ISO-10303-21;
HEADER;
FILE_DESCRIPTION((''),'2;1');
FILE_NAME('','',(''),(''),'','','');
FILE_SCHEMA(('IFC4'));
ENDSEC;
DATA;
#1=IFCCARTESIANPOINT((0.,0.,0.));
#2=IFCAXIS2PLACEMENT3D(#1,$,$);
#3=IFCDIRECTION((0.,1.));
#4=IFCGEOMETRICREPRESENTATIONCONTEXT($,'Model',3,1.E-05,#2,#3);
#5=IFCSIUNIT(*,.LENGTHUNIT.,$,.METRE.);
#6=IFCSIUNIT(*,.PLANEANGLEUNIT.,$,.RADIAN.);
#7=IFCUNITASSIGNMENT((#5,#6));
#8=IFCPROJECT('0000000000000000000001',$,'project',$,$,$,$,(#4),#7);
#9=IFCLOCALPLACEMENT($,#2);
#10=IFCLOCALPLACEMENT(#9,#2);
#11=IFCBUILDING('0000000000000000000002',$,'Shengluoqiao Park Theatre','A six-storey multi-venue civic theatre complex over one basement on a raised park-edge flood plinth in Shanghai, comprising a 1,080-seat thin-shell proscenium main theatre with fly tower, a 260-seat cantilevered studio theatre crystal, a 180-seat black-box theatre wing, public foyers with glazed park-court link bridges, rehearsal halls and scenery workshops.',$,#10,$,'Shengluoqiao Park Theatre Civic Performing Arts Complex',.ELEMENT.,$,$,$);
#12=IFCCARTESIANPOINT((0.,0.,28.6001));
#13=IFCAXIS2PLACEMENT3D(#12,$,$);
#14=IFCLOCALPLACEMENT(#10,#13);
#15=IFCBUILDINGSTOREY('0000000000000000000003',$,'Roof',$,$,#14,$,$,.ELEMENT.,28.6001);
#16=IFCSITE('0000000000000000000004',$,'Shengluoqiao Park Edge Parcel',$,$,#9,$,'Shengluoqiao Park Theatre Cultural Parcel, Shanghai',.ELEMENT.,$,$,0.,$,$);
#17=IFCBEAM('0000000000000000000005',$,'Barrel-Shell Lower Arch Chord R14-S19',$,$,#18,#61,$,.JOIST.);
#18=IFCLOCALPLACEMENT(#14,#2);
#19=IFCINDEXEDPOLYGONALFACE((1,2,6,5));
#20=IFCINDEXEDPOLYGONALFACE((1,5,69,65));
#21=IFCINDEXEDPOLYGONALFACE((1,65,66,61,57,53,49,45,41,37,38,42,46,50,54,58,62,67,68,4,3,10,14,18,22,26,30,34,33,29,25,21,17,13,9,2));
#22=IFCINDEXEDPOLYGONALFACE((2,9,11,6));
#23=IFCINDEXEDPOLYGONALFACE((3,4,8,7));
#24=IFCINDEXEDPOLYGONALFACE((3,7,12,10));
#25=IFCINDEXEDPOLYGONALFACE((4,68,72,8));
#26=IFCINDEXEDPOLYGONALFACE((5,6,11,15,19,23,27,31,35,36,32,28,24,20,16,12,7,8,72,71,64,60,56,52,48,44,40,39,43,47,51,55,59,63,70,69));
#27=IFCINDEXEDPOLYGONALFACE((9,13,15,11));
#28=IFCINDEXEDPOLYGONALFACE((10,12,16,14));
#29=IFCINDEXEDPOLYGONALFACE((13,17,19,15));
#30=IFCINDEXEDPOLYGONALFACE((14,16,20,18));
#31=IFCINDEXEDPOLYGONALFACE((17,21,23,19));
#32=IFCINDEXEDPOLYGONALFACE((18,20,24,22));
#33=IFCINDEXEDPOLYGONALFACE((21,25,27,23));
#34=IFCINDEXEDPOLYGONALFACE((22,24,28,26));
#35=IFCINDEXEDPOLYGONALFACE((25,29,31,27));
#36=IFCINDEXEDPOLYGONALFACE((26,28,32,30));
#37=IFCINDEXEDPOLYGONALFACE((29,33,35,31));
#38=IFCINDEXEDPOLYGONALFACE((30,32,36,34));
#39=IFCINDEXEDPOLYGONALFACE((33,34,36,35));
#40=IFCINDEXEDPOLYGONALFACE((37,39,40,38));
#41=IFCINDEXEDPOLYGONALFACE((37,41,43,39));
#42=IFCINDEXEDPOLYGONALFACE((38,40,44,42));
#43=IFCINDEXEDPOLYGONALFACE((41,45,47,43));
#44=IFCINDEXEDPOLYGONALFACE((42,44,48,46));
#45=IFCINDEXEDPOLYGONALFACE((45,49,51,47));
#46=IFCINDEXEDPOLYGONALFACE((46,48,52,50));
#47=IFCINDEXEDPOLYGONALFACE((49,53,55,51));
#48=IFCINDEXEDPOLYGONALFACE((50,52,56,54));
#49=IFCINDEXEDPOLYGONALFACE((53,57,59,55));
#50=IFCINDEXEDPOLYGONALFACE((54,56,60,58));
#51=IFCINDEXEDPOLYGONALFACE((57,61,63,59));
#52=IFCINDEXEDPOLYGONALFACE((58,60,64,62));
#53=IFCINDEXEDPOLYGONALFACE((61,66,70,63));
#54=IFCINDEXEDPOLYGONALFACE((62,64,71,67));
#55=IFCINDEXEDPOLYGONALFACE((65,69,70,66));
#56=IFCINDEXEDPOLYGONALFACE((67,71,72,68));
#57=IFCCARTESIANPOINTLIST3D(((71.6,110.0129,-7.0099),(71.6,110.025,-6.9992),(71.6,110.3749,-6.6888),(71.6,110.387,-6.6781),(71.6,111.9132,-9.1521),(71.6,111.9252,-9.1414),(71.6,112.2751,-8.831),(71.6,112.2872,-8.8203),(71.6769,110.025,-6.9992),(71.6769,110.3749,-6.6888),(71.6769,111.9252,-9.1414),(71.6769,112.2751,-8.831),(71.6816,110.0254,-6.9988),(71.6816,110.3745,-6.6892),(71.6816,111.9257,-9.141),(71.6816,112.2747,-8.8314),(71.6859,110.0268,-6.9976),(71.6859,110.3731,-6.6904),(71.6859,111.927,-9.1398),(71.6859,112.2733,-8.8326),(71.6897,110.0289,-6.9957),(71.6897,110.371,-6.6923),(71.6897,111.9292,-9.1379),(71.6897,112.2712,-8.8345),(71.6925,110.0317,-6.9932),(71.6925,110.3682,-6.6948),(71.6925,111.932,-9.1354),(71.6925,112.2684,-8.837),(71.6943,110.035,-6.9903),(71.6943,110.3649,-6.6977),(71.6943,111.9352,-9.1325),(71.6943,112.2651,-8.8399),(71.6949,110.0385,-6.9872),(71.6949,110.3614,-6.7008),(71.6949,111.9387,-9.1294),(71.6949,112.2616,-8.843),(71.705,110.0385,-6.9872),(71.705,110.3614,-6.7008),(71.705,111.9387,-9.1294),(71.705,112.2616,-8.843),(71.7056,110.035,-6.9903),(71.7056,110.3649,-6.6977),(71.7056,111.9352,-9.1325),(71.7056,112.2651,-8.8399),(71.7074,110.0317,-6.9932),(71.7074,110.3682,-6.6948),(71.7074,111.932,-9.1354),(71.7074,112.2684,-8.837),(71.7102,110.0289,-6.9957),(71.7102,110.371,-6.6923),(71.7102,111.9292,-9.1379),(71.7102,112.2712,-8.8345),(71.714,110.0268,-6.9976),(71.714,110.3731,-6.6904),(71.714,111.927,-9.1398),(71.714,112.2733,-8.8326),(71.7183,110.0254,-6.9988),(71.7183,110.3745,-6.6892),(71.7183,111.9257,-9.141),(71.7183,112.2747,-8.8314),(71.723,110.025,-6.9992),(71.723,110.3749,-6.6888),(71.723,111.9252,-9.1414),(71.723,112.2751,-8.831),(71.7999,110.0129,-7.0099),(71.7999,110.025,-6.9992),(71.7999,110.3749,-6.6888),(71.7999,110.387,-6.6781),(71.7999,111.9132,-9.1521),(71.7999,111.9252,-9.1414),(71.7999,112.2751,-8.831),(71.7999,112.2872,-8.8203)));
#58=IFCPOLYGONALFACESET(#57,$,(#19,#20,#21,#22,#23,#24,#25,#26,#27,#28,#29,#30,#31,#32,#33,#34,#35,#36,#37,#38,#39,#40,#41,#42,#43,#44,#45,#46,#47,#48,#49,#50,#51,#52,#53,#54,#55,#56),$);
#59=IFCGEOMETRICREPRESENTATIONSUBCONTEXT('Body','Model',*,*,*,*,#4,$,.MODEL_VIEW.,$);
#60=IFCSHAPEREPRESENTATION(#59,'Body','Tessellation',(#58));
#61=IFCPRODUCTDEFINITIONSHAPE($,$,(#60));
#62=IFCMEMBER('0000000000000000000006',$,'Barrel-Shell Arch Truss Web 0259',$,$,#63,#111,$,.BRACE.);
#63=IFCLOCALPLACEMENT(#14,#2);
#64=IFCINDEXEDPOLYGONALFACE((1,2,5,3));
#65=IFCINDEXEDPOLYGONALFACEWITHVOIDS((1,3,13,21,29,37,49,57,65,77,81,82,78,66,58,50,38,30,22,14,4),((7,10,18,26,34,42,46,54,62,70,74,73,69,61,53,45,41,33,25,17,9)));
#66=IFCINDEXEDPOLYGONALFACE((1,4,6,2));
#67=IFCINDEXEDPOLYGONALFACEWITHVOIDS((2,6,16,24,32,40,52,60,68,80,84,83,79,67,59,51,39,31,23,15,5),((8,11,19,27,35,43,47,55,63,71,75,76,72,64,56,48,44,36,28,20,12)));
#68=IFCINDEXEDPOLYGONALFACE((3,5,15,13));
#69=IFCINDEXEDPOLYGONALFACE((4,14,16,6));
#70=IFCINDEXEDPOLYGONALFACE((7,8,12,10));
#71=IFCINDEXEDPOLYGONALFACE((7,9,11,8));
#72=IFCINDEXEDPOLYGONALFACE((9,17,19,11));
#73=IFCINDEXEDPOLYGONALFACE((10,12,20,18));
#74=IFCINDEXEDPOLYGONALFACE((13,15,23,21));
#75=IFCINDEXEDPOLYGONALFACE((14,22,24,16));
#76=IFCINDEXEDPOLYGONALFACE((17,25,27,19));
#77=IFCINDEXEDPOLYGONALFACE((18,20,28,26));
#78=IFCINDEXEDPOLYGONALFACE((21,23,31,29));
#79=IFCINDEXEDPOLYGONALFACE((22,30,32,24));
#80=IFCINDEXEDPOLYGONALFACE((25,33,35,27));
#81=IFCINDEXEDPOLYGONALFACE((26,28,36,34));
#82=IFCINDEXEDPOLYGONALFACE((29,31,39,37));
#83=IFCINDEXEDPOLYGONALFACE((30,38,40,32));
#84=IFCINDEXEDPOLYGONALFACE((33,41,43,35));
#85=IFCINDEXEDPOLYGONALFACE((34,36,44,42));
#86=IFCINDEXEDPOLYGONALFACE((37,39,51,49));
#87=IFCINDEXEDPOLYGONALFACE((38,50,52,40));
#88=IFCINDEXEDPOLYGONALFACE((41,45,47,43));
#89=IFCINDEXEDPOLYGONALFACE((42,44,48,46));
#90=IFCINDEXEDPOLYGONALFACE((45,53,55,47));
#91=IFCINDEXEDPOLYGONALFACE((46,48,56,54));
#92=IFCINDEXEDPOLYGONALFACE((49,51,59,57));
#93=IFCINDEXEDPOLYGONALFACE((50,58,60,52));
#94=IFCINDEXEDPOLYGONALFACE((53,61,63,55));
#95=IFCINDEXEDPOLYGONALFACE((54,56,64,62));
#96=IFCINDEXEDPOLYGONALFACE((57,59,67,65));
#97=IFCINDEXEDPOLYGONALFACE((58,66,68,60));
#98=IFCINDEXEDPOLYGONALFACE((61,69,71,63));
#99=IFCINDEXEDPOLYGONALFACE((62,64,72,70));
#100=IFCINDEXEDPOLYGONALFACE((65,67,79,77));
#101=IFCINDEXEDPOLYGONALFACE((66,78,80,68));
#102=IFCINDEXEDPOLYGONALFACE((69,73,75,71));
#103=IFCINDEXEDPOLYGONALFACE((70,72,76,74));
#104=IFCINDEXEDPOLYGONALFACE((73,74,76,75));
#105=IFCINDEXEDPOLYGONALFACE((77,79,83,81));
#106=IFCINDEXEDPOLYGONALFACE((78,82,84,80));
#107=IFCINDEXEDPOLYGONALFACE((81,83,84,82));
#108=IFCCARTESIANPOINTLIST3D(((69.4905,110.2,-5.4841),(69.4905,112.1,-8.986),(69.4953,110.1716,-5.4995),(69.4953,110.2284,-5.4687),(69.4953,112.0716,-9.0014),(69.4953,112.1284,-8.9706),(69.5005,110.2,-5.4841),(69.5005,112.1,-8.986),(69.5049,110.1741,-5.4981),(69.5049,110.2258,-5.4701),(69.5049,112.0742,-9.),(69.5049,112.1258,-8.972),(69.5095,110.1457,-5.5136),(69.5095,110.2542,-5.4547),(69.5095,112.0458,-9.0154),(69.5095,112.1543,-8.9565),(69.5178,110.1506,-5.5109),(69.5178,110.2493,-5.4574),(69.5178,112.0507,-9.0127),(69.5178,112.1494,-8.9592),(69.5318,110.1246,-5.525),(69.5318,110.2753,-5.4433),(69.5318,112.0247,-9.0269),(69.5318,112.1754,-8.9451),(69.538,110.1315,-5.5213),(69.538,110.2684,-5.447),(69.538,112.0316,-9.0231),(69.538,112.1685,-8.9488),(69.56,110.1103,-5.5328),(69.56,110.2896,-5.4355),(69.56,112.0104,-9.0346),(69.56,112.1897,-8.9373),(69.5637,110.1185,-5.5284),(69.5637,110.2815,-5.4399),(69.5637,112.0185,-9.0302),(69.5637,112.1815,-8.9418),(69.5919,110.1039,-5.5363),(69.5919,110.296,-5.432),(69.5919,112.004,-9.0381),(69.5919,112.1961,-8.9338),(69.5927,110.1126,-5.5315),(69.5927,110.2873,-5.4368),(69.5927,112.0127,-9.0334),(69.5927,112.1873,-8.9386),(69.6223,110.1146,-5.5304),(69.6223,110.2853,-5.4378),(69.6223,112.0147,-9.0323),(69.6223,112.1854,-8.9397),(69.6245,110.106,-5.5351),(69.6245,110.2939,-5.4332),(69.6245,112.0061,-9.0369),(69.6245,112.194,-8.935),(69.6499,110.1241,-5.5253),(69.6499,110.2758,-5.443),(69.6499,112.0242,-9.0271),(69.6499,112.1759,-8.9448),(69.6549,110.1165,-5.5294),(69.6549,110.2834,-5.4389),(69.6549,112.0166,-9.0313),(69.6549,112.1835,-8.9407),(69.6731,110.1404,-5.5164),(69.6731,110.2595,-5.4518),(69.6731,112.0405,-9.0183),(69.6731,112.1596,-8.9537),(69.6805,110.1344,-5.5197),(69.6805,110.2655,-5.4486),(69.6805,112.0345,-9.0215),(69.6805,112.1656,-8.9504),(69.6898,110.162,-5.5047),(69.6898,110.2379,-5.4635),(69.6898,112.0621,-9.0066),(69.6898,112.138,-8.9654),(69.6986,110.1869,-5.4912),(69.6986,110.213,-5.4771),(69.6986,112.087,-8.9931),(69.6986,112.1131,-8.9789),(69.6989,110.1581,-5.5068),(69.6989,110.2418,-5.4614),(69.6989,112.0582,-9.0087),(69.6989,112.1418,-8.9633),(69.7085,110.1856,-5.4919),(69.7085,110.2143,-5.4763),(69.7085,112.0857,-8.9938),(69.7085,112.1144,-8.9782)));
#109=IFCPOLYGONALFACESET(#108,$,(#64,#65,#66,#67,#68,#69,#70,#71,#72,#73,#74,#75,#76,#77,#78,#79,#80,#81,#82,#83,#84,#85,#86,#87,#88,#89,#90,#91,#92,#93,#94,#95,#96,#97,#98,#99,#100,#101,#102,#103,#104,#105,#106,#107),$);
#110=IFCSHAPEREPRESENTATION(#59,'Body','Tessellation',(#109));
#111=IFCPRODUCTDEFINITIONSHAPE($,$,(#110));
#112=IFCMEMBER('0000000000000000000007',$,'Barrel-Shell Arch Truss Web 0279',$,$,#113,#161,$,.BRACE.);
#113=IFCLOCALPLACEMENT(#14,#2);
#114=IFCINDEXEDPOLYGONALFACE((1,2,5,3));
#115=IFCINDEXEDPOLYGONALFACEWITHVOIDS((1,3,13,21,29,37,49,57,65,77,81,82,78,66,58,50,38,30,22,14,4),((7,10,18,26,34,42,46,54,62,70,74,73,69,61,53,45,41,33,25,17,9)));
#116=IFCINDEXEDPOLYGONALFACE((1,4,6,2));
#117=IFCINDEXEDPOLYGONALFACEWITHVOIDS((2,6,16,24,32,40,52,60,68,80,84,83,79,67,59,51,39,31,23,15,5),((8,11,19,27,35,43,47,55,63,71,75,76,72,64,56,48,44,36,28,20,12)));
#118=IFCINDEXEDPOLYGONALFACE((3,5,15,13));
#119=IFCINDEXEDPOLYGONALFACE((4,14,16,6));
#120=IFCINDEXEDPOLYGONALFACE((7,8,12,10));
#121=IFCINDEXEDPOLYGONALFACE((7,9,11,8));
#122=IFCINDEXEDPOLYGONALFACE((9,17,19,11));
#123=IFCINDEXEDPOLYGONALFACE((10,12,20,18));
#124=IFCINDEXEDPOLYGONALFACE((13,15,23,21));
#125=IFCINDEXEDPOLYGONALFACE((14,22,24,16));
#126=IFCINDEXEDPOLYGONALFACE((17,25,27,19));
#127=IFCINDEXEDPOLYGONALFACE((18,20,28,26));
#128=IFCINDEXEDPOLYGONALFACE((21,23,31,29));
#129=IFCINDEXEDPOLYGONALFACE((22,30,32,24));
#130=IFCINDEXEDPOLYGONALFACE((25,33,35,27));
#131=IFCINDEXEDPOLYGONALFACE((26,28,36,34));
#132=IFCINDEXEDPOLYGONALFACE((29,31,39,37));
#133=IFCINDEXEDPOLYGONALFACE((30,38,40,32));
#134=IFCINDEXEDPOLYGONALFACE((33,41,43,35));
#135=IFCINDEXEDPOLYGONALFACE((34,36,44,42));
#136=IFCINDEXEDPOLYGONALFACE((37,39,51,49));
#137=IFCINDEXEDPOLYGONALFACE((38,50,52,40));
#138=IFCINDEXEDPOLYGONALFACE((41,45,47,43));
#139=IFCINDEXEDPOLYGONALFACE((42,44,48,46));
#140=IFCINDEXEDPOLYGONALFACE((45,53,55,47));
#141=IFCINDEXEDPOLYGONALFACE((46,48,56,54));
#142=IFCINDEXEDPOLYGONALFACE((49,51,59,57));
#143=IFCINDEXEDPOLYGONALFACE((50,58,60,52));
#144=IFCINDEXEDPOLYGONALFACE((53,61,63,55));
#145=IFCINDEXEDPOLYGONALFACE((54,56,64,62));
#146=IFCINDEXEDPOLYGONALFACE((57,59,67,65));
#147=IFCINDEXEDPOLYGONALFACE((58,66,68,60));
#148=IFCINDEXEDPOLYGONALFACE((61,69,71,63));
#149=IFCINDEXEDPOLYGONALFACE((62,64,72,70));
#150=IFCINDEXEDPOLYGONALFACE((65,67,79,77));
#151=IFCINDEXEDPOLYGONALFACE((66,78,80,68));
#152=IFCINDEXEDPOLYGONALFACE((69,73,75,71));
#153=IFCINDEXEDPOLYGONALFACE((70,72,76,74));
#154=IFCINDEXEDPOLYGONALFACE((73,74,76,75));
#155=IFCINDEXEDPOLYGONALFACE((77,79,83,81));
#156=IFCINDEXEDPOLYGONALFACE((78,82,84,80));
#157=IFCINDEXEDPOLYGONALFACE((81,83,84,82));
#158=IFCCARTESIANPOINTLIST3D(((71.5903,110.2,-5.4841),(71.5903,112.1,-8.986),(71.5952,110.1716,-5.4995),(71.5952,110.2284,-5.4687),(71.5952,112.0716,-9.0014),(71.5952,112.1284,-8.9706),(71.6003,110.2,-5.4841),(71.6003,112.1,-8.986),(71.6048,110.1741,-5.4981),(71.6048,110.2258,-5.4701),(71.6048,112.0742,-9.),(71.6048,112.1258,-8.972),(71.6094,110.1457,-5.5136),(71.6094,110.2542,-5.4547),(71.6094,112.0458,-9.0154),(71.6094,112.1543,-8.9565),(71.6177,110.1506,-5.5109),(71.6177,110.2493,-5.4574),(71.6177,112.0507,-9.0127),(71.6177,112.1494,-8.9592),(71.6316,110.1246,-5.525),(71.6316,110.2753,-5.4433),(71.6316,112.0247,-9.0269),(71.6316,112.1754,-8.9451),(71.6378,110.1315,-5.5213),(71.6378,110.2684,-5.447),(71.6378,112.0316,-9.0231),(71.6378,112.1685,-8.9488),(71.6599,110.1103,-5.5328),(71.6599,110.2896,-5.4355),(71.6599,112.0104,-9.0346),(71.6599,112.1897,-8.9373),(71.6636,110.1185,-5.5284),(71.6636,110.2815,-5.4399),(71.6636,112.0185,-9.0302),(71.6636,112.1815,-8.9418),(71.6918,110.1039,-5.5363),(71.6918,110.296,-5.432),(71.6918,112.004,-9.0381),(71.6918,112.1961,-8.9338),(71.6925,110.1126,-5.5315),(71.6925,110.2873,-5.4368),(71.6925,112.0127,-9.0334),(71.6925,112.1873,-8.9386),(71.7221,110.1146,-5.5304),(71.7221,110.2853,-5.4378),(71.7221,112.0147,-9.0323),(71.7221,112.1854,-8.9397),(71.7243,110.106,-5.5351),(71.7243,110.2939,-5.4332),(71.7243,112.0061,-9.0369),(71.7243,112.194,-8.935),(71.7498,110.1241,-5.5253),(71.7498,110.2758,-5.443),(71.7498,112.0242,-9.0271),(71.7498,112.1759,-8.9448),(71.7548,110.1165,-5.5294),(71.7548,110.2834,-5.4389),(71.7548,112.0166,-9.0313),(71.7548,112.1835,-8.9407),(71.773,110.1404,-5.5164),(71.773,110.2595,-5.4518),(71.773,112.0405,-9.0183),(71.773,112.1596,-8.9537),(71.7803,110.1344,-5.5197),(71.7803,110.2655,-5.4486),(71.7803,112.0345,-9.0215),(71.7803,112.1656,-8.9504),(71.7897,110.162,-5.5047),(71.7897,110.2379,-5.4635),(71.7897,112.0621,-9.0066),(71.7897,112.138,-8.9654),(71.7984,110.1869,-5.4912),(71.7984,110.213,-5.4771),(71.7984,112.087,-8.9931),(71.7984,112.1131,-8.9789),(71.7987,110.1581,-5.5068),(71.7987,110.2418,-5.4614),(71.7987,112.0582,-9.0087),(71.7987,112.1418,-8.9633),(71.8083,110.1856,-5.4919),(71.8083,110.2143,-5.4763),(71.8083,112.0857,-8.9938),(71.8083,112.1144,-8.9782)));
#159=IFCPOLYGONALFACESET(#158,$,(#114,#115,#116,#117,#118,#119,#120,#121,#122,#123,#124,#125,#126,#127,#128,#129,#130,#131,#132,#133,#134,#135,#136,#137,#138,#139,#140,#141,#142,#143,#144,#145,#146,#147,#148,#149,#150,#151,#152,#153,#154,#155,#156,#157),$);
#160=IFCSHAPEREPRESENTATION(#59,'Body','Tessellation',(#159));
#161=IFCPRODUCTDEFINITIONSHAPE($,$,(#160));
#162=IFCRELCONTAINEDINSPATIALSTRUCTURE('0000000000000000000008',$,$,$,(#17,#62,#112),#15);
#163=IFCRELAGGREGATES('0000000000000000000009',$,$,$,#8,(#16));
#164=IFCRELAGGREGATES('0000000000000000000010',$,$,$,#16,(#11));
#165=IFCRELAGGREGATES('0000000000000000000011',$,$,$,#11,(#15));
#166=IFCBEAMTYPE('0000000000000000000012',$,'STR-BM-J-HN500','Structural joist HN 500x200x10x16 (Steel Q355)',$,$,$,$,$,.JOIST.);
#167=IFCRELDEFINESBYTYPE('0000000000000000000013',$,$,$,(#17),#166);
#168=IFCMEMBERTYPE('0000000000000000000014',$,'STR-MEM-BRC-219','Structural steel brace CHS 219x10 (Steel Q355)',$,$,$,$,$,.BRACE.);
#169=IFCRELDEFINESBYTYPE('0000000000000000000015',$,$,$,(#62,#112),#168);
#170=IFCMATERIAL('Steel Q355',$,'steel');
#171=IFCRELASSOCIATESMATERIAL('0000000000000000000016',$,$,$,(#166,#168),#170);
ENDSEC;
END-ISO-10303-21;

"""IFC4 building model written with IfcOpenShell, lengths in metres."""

from ifc_helpers import new_model, si_unit, direction, frame, origin, origin_2d, place, context, subcontext, project, spatial, hollow_circle, i_section, extrude, material, material_profile, profile_set, type_object, element, save


model = new_model("IFC4")

# Units and contexts
model_context = context("Model", 3, precision=1e-05, world=origin(), true_north=direction((0.0, 1.0)))
body_context = subcontext(model_context, "Body", "Model", "MODEL_VIEW")
ifc_project = project(units=[si_unit("LENGTHUNIT", "METRE"), si_unit("PLANEANGLEUNIT", "RADIAN")], contexts=[model_context])

# Site, building, storey
site_placement = place(None, origin())
site = spatial("IfcSite", under=ifc_project, at=site_placement, Name="Shengluoqiao Park Edge Parcel", LongName="Shengluoqiao Park Theatre Cultural Parcel, Shanghai", CompositionType="ELEMENT", RefElevation=0.0)
building_placement = place(site_placement, origin())
building = spatial("IfcBuilding", under=site, at=building_placement, Name="Shengluoqiao Park Theatre", Description="A six-storey multi-venue civic theatre complex over one basement on a raised park-edge flood plinth in Shanghai, comprising a 1,080-seat thin-shell proscenium main theatre with fly tower, a 260-seat cantilevered studio theatre crystal, a 180-seat black-box theatre wing, public foyers with glazed park-court link bridges, rehearsal halls and scenery workshops.", LongName="Shengluoqiao Park Theatre Civic Performing Arts Complex", CompositionType="ELEMENT")
storey_placement = place(building_placement, frame((0.0, 0.0, 28.6001)))
storey = spatial("IfcBuildingStorey", under=building, at=storey_placement, Name="Roof", CompositionType="ELEMENT", Elevation=28.6001)

# Beam
ifc_material_1 = material(Name="Steel Q355", Category="steel")
ifc_material_profile_1 = material_profile(ifc_material_1, i_section(OverallWidth=0.2, OverallDepth=0.5, WebThickness=0.01, FlangeThickness=0.0161, FilletRadius=0.0181, at=origin_2d()), Name="HN 500x200x10x16")
ifc_profile_set_1 = profile_set([ifc_material_profile_1], Name="Steel Q355")
beam_type_1 = type_object("IfcBeamType", Name="STR-BM-J-HN500", Description="Structural joist HN 500x200x10x16 (Steel Q355)", PredefinedType="JOIST", material=ifc_profile_set_1)
for number, where, z_axis, x_axis, name in (
    (1, (71.7, 110.2, -6.844), (0.0, 0.663596, -0.748091), (-1.0, 0.0, 0.0), "Barrel-Shell Lower Arch Chord R14-S19"),
):
    element("IfcBeam", number, at=place(storey_placement, frame(where, z_axis=z_axis, x_axis=x_axis)), inside=storey, type_object=beam_type_1, Name=name, PredefinedType="JOIST", context=body_context, shape_type="SweptSolid", body=[
        extrude(i_section(OverallWidth=0.2, OverallDepth=0.5, WebThickness=0.01, FlangeThickness=0.0161, FilletRadius=0.0181, at=origin_2d()), origin(), (0.0, 0.0, 1.0), 2.8635),
    ])

# Members
ifc_material_profile_2 = material_profile(ifc_material_1, hollow_circle(Radius=0.1096, WallThickness=0.01, at=origin_2d()), Name="CHS 219x10")
ifc_profile_set_2 = profile_set([ifc_material_profile_2], Name="Steel Q355")
member_type_1 = type_object("IfcMemberType", Name="STR-MEM-BRC-219", Description="Structural steel brace CHS 219x10 (Steel Q355)", PredefinedType="BRACE", material=ifc_profile_set_2)
for number, where, z_axis, x_axis, name in (
    (2, (69.6001, 110.2, -5.4841), (0.0, 0.476915, -0.87895), (-1.0, 0.0, 0.0), "Barrel-Shell Arch Truss Web 0259"),
    (3, (71.7, 110.2, -5.4841), (0.0, 0.476915, -0.87895), (-1.0, 0.0, 0.0), "Barrel-Shell Arch Truss Web 0279"),
):
    element("IfcMember", number, at=place(storey_placement, frame(where, z_axis=z_axis, x_axis=x_axis)), inside=storey, type_object=member_type_1, Name=name, PredefinedType="BRACE", context=body_context, shape_type="SweptSolid", body=[
        extrude(hollow_circle(Radius=0.1096, WallThickness=0.01, at=origin_2d()), origin(), (0.0, 0.0, 1.0), 3.9841),
    ])

save(model, "model.ifc")
